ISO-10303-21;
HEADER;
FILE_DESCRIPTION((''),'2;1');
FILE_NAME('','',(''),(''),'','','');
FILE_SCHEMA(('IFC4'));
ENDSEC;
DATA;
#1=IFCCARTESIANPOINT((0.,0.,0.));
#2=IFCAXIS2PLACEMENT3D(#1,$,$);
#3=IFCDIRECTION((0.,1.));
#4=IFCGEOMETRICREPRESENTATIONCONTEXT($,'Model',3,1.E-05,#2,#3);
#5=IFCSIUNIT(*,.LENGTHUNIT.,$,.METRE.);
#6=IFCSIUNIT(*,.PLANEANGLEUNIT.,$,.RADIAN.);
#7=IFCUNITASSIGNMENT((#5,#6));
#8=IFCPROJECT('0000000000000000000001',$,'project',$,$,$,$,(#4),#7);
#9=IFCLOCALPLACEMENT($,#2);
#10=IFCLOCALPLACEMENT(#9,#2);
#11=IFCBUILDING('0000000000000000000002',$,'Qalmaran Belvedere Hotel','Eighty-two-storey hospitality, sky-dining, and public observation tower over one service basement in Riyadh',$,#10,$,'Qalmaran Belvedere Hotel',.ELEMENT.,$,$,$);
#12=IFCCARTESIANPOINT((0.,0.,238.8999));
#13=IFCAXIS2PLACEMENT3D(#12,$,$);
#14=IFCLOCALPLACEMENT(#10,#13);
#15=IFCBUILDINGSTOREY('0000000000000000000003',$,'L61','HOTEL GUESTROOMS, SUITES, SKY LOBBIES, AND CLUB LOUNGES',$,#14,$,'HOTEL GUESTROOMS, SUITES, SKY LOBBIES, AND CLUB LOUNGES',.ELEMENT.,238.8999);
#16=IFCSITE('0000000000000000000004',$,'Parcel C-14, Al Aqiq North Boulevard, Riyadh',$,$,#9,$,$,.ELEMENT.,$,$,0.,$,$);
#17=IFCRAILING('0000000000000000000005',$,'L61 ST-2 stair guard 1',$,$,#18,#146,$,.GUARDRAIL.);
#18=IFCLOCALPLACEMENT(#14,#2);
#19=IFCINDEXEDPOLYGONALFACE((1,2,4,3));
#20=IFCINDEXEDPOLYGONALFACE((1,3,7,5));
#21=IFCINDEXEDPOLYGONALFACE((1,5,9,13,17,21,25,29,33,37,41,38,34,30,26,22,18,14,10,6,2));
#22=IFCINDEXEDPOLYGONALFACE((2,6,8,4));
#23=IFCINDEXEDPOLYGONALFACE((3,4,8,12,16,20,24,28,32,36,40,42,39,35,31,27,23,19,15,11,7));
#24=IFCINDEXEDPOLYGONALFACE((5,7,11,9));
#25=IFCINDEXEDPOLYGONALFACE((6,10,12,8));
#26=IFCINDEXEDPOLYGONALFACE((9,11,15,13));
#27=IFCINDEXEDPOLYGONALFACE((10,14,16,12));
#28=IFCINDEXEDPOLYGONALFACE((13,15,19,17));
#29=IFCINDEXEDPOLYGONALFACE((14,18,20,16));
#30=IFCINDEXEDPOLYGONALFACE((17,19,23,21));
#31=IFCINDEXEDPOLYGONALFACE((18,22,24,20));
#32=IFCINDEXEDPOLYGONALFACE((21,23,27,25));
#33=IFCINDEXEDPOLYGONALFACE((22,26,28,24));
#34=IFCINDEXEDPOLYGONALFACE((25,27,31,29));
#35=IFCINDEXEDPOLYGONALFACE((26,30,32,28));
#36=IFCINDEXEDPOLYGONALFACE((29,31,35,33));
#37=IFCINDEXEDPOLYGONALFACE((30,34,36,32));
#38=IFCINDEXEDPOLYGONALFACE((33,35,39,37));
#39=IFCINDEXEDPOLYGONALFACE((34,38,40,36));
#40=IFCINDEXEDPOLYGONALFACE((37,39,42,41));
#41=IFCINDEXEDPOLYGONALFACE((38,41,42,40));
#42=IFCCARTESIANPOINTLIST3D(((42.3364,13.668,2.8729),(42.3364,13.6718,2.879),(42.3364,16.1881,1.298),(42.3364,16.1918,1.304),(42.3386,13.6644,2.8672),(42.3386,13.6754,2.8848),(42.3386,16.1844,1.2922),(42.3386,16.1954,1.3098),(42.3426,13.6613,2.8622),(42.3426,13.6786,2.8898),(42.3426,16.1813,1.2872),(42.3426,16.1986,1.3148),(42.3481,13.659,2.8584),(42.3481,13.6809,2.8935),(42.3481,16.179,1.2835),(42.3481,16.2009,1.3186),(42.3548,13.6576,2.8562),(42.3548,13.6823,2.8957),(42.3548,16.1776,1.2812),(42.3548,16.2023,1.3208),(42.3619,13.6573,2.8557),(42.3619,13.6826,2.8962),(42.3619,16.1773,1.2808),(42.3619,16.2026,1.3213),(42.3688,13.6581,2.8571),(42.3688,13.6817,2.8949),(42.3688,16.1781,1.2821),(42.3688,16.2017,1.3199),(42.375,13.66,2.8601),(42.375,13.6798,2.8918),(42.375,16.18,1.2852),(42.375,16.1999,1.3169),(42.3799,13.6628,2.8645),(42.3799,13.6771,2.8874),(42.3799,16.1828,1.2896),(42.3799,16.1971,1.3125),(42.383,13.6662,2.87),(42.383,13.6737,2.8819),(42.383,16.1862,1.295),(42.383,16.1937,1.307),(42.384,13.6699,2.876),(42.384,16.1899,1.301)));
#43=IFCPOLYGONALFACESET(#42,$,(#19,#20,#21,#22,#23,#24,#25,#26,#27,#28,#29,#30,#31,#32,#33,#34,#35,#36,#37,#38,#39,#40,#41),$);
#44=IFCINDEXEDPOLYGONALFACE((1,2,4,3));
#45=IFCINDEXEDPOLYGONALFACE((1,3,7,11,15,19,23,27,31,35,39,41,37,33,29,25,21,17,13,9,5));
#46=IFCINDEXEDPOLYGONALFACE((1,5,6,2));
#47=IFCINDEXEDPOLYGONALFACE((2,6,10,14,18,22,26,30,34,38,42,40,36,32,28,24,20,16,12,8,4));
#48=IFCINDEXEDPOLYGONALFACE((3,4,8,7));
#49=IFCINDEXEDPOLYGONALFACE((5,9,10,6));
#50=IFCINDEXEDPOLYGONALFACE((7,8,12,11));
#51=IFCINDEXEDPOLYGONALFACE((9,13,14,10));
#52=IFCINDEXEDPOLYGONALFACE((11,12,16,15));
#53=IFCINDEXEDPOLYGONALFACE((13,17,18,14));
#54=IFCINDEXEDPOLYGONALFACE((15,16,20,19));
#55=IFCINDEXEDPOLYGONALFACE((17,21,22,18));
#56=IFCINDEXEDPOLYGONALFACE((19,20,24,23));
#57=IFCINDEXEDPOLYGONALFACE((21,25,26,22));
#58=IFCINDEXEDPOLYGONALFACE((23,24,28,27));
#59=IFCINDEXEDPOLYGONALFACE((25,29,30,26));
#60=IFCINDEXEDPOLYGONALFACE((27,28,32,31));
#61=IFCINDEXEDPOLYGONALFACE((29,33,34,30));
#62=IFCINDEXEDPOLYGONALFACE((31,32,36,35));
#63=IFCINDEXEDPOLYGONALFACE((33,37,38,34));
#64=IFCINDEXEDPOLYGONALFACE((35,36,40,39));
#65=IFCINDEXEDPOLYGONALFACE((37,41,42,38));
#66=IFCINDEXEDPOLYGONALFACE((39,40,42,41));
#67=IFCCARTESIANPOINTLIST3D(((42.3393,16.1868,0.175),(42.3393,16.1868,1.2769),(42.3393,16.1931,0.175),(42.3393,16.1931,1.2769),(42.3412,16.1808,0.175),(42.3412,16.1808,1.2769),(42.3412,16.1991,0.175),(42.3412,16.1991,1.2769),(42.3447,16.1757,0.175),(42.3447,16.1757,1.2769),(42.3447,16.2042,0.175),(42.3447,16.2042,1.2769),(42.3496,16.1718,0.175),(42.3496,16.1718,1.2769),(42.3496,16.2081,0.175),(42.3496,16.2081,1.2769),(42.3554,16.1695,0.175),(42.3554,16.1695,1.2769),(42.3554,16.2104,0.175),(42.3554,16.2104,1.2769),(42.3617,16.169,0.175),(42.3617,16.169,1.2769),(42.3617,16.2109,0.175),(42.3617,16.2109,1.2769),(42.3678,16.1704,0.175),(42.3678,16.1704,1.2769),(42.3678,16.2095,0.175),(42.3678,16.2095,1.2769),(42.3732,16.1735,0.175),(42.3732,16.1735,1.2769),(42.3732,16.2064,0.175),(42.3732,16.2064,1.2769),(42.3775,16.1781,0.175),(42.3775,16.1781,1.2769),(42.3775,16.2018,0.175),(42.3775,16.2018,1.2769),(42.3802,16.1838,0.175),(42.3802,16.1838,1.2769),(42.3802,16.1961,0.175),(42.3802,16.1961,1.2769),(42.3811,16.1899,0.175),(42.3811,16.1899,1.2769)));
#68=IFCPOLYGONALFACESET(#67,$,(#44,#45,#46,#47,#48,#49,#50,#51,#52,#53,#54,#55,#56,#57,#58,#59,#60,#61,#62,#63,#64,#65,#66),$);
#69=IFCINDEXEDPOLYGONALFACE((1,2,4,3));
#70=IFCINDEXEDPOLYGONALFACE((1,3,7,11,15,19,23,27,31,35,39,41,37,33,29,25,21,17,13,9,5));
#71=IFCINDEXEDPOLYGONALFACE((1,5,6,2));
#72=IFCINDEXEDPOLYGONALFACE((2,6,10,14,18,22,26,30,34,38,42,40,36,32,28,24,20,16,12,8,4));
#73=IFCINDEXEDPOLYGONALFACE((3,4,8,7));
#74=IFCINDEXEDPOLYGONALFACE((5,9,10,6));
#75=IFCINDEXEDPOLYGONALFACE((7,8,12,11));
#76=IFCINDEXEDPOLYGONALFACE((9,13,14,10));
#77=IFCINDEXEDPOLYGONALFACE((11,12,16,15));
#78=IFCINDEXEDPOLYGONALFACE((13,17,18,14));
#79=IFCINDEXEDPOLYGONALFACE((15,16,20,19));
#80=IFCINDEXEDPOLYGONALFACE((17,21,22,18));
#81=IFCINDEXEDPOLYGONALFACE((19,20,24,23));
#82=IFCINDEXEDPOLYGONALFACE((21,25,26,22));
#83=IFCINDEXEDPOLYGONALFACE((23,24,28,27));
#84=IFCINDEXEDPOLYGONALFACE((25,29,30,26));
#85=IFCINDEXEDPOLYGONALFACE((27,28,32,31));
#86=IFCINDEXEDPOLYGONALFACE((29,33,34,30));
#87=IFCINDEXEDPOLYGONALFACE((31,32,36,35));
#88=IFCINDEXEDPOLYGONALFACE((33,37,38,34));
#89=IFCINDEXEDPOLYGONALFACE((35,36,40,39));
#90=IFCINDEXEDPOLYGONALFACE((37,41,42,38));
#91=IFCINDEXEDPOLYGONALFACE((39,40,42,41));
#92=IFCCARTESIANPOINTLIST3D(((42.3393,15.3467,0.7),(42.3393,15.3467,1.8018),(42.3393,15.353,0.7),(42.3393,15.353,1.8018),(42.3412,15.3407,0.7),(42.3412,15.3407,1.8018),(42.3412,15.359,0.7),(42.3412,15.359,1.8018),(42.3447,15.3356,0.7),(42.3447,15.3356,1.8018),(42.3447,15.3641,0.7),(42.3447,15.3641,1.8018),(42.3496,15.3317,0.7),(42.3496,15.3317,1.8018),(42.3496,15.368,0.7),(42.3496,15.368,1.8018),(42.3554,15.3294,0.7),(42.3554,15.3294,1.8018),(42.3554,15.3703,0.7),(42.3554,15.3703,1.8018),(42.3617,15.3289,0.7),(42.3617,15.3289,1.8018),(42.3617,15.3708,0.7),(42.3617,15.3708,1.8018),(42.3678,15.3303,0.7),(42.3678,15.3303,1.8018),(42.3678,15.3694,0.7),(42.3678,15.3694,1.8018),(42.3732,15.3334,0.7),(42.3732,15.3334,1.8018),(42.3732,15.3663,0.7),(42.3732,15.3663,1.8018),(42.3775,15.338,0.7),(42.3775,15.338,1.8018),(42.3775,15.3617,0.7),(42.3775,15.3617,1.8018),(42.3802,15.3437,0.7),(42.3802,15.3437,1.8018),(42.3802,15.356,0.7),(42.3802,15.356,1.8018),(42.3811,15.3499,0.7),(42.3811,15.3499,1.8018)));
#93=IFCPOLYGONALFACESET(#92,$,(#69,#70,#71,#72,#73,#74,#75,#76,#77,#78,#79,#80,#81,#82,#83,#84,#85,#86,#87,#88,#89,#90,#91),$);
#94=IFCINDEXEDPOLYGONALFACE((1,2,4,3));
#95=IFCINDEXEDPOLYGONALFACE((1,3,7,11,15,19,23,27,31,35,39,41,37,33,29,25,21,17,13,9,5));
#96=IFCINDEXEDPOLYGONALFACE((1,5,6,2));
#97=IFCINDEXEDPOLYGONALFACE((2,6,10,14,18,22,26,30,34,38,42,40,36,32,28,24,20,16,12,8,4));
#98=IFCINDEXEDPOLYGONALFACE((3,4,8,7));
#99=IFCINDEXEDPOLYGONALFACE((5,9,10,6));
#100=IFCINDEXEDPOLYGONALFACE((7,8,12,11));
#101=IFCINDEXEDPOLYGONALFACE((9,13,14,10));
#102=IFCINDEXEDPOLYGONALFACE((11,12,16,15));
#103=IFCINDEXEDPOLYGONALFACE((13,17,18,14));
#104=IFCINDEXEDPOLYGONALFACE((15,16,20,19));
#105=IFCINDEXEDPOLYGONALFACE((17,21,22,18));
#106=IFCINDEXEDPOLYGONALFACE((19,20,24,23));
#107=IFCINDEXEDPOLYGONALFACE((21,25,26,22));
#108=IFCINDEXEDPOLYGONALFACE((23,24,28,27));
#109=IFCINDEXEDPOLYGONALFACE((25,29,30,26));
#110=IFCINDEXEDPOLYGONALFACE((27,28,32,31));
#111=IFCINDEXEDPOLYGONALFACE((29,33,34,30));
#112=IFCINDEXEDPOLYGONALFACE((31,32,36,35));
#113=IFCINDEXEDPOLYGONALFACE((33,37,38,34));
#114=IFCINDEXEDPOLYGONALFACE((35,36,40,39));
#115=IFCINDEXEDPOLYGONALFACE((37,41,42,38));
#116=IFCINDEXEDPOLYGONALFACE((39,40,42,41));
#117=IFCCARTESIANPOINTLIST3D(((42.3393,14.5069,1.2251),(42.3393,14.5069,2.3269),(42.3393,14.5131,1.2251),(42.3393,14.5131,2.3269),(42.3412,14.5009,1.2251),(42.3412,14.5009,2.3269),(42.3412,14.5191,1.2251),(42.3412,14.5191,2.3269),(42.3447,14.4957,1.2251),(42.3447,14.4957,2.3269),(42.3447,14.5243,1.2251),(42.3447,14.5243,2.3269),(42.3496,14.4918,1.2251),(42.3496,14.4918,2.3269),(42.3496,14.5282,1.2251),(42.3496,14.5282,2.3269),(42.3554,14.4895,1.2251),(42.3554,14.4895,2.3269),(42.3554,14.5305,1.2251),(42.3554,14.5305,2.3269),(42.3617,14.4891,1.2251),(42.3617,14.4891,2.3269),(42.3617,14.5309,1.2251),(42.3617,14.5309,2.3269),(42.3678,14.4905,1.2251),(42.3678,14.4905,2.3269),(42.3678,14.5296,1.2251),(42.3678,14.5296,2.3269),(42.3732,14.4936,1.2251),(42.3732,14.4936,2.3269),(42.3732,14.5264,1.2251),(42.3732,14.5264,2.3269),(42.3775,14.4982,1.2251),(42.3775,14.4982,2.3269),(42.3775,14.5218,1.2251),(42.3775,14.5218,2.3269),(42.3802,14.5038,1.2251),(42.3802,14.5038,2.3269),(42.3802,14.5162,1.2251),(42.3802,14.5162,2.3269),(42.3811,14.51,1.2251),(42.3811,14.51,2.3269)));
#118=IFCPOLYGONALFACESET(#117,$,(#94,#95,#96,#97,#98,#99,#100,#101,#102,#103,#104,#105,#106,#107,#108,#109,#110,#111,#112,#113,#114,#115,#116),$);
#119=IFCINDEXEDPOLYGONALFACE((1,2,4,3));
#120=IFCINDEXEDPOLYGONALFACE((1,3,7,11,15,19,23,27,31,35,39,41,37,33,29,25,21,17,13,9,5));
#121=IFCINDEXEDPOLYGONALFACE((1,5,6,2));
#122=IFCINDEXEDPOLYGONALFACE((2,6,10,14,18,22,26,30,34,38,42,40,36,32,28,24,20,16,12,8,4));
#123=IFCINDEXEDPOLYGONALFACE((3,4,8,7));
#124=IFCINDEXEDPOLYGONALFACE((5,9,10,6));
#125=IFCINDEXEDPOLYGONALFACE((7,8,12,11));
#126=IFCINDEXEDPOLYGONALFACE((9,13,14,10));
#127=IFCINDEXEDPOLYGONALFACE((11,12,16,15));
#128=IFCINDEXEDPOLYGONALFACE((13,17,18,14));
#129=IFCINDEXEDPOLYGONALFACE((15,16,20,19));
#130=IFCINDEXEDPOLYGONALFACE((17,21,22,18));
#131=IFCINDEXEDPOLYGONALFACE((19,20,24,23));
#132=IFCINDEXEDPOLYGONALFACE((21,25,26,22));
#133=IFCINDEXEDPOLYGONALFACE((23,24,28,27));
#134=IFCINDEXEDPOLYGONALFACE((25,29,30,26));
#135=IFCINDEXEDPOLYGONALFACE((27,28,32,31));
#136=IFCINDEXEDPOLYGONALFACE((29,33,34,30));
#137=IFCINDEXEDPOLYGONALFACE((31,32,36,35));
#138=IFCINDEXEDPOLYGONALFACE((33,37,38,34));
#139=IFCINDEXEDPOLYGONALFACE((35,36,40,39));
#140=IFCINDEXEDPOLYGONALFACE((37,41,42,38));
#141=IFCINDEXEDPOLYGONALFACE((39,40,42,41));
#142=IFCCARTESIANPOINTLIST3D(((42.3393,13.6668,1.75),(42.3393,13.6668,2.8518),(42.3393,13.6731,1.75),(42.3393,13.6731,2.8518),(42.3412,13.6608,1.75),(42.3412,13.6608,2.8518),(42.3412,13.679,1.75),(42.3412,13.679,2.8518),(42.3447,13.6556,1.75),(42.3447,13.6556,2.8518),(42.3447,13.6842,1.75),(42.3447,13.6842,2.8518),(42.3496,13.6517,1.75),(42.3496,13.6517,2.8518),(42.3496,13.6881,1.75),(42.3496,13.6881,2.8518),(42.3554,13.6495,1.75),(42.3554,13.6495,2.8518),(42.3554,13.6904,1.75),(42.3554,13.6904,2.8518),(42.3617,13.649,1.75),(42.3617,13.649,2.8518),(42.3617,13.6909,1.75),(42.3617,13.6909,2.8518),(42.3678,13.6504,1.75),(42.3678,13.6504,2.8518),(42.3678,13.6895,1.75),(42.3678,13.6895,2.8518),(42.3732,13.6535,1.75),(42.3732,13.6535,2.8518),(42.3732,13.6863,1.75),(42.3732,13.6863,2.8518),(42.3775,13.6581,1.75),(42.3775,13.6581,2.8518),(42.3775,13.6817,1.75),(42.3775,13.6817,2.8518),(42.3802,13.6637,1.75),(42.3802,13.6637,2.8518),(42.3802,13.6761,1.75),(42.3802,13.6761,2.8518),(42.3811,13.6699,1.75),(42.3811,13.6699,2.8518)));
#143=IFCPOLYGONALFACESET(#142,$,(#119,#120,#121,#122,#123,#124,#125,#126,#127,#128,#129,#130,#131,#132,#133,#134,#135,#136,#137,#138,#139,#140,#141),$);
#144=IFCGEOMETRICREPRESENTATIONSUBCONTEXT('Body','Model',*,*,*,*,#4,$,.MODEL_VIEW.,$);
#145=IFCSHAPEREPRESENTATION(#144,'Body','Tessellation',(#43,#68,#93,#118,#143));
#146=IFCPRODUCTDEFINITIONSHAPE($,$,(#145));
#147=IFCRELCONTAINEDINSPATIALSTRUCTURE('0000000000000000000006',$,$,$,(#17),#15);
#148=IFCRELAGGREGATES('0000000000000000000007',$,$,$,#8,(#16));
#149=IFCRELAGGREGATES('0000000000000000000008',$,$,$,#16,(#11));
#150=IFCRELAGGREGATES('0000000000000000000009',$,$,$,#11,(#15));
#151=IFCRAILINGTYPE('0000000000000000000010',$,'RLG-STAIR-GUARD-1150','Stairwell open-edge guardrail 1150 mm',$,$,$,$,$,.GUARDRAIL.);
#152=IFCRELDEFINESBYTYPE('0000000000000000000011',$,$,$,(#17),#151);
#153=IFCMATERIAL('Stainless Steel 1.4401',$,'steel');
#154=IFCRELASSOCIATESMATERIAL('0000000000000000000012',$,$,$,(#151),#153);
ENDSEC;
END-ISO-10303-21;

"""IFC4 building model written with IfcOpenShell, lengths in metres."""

from ifc_helpers import new_model, si_unit, direction, frame, origin, origin_2d, place, context, subcontext, project, spatial, circle, extrude, material, type_object, element, save


model = new_model("IFC4")

# Units and contexts
model_context = context("Model", 3, precision=1e-05, world=origin(), true_north=direction((0.0, 1.0)))
body_context = subcontext(model_context, "Body", "Model", "MODEL_VIEW")
ifc_project = project(units=[si_unit("LENGTHUNIT", "METRE"), si_unit("PLANEANGLEUNIT", "RADIAN")], contexts=[model_context])

# Site, building, storey
site_placement = place(None, origin())
site = spatial("IfcSite", under=ifc_project, at=site_placement, Name="Parcel C-14, Al Aqiq North Boulevard, Riyadh", CompositionType="ELEMENT", RefElevation=0.0)
building_placement = place(site_placement, origin())
building = spatial("IfcBuilding", under=site, at=building_placement, Name="Qalmaran Belvedere Hotel", Description="Eighty-two-storey hospitality, sky-dining, and public observation tower over one service basement in Riyadh", LongName="Qalmaran Belvedere Hotel", CompositionType="ELEMENT")
storey_placement = place(building_placement, frame((0.0, 0.0, 238.8999)))
storey = spatial("IfcBuildingStorey", under=building, at=storey_placement, Name="L61", Description="HOTEL GUESTROOMS, SUITES, SKY LOBBIES, AND CLUB LOUNGES", LongName="HOTEL GUESTROOMS, SUITES, SKY LOBBIES, AND CLUB LOUNGES", CompositionType="ELEMENT", Elevation=238.8999)

# Railing
ifc_material_1 = material(Name="Stainless Steel 1.4401", Category="steel")
railing_type_1 = type_object("IfcRailingType", Name="RLG-STAIR-GUARD-1150", Description="Stairwell open-edge guardrail 1150 mm", PredefinedType="GUARDRAIL", material=ifc_material_1)
railing_1_placement = place(storey_placement, frame((42.3601, 16.1899, 0.175)))
element("IfcRailing", 1, at=railing_1_placement, inside=storey, type_object=railing_type_1, Name="L61 ST-2 stair guard 1", PredefinedType="GUARDRAIL", context=body_context, shape_type="SweptSolid", body=[
    extrude(circle(Radius=0.0239, at=origin_2d()), frame((0.0, 0.0, 1.126), z_axis=(0.0, -0.848008, 0.529984), x_axis=(1.0, 0.0, 0.0)), (0.0, 0.0, 1.0), 2.9717),
    extrude(circle(Radius=0.021, at=origin_2d()), origin(), (0.0, 0.0, 1.0), 1.1018),
    extrude(circle(Radius=0.021, at=origin_2d()), frame((0.0, -0.8401, 0.5249)), (0.0, 0.0, 1.0), 1.1018),
    extrude(circle(Radius=0.021, at=origin_2d()), frame((0.0, -1.6799, 1.05)), (0.0, 0.0, 1.0), 1.1018),
    extrude(circle(Radius=0.021, at=origin_2d()), frame((0.0, -2.52, 1.575)), (0.0, 0.0, 1.0), 1.1018),
])

save(model, "model.ifc")
